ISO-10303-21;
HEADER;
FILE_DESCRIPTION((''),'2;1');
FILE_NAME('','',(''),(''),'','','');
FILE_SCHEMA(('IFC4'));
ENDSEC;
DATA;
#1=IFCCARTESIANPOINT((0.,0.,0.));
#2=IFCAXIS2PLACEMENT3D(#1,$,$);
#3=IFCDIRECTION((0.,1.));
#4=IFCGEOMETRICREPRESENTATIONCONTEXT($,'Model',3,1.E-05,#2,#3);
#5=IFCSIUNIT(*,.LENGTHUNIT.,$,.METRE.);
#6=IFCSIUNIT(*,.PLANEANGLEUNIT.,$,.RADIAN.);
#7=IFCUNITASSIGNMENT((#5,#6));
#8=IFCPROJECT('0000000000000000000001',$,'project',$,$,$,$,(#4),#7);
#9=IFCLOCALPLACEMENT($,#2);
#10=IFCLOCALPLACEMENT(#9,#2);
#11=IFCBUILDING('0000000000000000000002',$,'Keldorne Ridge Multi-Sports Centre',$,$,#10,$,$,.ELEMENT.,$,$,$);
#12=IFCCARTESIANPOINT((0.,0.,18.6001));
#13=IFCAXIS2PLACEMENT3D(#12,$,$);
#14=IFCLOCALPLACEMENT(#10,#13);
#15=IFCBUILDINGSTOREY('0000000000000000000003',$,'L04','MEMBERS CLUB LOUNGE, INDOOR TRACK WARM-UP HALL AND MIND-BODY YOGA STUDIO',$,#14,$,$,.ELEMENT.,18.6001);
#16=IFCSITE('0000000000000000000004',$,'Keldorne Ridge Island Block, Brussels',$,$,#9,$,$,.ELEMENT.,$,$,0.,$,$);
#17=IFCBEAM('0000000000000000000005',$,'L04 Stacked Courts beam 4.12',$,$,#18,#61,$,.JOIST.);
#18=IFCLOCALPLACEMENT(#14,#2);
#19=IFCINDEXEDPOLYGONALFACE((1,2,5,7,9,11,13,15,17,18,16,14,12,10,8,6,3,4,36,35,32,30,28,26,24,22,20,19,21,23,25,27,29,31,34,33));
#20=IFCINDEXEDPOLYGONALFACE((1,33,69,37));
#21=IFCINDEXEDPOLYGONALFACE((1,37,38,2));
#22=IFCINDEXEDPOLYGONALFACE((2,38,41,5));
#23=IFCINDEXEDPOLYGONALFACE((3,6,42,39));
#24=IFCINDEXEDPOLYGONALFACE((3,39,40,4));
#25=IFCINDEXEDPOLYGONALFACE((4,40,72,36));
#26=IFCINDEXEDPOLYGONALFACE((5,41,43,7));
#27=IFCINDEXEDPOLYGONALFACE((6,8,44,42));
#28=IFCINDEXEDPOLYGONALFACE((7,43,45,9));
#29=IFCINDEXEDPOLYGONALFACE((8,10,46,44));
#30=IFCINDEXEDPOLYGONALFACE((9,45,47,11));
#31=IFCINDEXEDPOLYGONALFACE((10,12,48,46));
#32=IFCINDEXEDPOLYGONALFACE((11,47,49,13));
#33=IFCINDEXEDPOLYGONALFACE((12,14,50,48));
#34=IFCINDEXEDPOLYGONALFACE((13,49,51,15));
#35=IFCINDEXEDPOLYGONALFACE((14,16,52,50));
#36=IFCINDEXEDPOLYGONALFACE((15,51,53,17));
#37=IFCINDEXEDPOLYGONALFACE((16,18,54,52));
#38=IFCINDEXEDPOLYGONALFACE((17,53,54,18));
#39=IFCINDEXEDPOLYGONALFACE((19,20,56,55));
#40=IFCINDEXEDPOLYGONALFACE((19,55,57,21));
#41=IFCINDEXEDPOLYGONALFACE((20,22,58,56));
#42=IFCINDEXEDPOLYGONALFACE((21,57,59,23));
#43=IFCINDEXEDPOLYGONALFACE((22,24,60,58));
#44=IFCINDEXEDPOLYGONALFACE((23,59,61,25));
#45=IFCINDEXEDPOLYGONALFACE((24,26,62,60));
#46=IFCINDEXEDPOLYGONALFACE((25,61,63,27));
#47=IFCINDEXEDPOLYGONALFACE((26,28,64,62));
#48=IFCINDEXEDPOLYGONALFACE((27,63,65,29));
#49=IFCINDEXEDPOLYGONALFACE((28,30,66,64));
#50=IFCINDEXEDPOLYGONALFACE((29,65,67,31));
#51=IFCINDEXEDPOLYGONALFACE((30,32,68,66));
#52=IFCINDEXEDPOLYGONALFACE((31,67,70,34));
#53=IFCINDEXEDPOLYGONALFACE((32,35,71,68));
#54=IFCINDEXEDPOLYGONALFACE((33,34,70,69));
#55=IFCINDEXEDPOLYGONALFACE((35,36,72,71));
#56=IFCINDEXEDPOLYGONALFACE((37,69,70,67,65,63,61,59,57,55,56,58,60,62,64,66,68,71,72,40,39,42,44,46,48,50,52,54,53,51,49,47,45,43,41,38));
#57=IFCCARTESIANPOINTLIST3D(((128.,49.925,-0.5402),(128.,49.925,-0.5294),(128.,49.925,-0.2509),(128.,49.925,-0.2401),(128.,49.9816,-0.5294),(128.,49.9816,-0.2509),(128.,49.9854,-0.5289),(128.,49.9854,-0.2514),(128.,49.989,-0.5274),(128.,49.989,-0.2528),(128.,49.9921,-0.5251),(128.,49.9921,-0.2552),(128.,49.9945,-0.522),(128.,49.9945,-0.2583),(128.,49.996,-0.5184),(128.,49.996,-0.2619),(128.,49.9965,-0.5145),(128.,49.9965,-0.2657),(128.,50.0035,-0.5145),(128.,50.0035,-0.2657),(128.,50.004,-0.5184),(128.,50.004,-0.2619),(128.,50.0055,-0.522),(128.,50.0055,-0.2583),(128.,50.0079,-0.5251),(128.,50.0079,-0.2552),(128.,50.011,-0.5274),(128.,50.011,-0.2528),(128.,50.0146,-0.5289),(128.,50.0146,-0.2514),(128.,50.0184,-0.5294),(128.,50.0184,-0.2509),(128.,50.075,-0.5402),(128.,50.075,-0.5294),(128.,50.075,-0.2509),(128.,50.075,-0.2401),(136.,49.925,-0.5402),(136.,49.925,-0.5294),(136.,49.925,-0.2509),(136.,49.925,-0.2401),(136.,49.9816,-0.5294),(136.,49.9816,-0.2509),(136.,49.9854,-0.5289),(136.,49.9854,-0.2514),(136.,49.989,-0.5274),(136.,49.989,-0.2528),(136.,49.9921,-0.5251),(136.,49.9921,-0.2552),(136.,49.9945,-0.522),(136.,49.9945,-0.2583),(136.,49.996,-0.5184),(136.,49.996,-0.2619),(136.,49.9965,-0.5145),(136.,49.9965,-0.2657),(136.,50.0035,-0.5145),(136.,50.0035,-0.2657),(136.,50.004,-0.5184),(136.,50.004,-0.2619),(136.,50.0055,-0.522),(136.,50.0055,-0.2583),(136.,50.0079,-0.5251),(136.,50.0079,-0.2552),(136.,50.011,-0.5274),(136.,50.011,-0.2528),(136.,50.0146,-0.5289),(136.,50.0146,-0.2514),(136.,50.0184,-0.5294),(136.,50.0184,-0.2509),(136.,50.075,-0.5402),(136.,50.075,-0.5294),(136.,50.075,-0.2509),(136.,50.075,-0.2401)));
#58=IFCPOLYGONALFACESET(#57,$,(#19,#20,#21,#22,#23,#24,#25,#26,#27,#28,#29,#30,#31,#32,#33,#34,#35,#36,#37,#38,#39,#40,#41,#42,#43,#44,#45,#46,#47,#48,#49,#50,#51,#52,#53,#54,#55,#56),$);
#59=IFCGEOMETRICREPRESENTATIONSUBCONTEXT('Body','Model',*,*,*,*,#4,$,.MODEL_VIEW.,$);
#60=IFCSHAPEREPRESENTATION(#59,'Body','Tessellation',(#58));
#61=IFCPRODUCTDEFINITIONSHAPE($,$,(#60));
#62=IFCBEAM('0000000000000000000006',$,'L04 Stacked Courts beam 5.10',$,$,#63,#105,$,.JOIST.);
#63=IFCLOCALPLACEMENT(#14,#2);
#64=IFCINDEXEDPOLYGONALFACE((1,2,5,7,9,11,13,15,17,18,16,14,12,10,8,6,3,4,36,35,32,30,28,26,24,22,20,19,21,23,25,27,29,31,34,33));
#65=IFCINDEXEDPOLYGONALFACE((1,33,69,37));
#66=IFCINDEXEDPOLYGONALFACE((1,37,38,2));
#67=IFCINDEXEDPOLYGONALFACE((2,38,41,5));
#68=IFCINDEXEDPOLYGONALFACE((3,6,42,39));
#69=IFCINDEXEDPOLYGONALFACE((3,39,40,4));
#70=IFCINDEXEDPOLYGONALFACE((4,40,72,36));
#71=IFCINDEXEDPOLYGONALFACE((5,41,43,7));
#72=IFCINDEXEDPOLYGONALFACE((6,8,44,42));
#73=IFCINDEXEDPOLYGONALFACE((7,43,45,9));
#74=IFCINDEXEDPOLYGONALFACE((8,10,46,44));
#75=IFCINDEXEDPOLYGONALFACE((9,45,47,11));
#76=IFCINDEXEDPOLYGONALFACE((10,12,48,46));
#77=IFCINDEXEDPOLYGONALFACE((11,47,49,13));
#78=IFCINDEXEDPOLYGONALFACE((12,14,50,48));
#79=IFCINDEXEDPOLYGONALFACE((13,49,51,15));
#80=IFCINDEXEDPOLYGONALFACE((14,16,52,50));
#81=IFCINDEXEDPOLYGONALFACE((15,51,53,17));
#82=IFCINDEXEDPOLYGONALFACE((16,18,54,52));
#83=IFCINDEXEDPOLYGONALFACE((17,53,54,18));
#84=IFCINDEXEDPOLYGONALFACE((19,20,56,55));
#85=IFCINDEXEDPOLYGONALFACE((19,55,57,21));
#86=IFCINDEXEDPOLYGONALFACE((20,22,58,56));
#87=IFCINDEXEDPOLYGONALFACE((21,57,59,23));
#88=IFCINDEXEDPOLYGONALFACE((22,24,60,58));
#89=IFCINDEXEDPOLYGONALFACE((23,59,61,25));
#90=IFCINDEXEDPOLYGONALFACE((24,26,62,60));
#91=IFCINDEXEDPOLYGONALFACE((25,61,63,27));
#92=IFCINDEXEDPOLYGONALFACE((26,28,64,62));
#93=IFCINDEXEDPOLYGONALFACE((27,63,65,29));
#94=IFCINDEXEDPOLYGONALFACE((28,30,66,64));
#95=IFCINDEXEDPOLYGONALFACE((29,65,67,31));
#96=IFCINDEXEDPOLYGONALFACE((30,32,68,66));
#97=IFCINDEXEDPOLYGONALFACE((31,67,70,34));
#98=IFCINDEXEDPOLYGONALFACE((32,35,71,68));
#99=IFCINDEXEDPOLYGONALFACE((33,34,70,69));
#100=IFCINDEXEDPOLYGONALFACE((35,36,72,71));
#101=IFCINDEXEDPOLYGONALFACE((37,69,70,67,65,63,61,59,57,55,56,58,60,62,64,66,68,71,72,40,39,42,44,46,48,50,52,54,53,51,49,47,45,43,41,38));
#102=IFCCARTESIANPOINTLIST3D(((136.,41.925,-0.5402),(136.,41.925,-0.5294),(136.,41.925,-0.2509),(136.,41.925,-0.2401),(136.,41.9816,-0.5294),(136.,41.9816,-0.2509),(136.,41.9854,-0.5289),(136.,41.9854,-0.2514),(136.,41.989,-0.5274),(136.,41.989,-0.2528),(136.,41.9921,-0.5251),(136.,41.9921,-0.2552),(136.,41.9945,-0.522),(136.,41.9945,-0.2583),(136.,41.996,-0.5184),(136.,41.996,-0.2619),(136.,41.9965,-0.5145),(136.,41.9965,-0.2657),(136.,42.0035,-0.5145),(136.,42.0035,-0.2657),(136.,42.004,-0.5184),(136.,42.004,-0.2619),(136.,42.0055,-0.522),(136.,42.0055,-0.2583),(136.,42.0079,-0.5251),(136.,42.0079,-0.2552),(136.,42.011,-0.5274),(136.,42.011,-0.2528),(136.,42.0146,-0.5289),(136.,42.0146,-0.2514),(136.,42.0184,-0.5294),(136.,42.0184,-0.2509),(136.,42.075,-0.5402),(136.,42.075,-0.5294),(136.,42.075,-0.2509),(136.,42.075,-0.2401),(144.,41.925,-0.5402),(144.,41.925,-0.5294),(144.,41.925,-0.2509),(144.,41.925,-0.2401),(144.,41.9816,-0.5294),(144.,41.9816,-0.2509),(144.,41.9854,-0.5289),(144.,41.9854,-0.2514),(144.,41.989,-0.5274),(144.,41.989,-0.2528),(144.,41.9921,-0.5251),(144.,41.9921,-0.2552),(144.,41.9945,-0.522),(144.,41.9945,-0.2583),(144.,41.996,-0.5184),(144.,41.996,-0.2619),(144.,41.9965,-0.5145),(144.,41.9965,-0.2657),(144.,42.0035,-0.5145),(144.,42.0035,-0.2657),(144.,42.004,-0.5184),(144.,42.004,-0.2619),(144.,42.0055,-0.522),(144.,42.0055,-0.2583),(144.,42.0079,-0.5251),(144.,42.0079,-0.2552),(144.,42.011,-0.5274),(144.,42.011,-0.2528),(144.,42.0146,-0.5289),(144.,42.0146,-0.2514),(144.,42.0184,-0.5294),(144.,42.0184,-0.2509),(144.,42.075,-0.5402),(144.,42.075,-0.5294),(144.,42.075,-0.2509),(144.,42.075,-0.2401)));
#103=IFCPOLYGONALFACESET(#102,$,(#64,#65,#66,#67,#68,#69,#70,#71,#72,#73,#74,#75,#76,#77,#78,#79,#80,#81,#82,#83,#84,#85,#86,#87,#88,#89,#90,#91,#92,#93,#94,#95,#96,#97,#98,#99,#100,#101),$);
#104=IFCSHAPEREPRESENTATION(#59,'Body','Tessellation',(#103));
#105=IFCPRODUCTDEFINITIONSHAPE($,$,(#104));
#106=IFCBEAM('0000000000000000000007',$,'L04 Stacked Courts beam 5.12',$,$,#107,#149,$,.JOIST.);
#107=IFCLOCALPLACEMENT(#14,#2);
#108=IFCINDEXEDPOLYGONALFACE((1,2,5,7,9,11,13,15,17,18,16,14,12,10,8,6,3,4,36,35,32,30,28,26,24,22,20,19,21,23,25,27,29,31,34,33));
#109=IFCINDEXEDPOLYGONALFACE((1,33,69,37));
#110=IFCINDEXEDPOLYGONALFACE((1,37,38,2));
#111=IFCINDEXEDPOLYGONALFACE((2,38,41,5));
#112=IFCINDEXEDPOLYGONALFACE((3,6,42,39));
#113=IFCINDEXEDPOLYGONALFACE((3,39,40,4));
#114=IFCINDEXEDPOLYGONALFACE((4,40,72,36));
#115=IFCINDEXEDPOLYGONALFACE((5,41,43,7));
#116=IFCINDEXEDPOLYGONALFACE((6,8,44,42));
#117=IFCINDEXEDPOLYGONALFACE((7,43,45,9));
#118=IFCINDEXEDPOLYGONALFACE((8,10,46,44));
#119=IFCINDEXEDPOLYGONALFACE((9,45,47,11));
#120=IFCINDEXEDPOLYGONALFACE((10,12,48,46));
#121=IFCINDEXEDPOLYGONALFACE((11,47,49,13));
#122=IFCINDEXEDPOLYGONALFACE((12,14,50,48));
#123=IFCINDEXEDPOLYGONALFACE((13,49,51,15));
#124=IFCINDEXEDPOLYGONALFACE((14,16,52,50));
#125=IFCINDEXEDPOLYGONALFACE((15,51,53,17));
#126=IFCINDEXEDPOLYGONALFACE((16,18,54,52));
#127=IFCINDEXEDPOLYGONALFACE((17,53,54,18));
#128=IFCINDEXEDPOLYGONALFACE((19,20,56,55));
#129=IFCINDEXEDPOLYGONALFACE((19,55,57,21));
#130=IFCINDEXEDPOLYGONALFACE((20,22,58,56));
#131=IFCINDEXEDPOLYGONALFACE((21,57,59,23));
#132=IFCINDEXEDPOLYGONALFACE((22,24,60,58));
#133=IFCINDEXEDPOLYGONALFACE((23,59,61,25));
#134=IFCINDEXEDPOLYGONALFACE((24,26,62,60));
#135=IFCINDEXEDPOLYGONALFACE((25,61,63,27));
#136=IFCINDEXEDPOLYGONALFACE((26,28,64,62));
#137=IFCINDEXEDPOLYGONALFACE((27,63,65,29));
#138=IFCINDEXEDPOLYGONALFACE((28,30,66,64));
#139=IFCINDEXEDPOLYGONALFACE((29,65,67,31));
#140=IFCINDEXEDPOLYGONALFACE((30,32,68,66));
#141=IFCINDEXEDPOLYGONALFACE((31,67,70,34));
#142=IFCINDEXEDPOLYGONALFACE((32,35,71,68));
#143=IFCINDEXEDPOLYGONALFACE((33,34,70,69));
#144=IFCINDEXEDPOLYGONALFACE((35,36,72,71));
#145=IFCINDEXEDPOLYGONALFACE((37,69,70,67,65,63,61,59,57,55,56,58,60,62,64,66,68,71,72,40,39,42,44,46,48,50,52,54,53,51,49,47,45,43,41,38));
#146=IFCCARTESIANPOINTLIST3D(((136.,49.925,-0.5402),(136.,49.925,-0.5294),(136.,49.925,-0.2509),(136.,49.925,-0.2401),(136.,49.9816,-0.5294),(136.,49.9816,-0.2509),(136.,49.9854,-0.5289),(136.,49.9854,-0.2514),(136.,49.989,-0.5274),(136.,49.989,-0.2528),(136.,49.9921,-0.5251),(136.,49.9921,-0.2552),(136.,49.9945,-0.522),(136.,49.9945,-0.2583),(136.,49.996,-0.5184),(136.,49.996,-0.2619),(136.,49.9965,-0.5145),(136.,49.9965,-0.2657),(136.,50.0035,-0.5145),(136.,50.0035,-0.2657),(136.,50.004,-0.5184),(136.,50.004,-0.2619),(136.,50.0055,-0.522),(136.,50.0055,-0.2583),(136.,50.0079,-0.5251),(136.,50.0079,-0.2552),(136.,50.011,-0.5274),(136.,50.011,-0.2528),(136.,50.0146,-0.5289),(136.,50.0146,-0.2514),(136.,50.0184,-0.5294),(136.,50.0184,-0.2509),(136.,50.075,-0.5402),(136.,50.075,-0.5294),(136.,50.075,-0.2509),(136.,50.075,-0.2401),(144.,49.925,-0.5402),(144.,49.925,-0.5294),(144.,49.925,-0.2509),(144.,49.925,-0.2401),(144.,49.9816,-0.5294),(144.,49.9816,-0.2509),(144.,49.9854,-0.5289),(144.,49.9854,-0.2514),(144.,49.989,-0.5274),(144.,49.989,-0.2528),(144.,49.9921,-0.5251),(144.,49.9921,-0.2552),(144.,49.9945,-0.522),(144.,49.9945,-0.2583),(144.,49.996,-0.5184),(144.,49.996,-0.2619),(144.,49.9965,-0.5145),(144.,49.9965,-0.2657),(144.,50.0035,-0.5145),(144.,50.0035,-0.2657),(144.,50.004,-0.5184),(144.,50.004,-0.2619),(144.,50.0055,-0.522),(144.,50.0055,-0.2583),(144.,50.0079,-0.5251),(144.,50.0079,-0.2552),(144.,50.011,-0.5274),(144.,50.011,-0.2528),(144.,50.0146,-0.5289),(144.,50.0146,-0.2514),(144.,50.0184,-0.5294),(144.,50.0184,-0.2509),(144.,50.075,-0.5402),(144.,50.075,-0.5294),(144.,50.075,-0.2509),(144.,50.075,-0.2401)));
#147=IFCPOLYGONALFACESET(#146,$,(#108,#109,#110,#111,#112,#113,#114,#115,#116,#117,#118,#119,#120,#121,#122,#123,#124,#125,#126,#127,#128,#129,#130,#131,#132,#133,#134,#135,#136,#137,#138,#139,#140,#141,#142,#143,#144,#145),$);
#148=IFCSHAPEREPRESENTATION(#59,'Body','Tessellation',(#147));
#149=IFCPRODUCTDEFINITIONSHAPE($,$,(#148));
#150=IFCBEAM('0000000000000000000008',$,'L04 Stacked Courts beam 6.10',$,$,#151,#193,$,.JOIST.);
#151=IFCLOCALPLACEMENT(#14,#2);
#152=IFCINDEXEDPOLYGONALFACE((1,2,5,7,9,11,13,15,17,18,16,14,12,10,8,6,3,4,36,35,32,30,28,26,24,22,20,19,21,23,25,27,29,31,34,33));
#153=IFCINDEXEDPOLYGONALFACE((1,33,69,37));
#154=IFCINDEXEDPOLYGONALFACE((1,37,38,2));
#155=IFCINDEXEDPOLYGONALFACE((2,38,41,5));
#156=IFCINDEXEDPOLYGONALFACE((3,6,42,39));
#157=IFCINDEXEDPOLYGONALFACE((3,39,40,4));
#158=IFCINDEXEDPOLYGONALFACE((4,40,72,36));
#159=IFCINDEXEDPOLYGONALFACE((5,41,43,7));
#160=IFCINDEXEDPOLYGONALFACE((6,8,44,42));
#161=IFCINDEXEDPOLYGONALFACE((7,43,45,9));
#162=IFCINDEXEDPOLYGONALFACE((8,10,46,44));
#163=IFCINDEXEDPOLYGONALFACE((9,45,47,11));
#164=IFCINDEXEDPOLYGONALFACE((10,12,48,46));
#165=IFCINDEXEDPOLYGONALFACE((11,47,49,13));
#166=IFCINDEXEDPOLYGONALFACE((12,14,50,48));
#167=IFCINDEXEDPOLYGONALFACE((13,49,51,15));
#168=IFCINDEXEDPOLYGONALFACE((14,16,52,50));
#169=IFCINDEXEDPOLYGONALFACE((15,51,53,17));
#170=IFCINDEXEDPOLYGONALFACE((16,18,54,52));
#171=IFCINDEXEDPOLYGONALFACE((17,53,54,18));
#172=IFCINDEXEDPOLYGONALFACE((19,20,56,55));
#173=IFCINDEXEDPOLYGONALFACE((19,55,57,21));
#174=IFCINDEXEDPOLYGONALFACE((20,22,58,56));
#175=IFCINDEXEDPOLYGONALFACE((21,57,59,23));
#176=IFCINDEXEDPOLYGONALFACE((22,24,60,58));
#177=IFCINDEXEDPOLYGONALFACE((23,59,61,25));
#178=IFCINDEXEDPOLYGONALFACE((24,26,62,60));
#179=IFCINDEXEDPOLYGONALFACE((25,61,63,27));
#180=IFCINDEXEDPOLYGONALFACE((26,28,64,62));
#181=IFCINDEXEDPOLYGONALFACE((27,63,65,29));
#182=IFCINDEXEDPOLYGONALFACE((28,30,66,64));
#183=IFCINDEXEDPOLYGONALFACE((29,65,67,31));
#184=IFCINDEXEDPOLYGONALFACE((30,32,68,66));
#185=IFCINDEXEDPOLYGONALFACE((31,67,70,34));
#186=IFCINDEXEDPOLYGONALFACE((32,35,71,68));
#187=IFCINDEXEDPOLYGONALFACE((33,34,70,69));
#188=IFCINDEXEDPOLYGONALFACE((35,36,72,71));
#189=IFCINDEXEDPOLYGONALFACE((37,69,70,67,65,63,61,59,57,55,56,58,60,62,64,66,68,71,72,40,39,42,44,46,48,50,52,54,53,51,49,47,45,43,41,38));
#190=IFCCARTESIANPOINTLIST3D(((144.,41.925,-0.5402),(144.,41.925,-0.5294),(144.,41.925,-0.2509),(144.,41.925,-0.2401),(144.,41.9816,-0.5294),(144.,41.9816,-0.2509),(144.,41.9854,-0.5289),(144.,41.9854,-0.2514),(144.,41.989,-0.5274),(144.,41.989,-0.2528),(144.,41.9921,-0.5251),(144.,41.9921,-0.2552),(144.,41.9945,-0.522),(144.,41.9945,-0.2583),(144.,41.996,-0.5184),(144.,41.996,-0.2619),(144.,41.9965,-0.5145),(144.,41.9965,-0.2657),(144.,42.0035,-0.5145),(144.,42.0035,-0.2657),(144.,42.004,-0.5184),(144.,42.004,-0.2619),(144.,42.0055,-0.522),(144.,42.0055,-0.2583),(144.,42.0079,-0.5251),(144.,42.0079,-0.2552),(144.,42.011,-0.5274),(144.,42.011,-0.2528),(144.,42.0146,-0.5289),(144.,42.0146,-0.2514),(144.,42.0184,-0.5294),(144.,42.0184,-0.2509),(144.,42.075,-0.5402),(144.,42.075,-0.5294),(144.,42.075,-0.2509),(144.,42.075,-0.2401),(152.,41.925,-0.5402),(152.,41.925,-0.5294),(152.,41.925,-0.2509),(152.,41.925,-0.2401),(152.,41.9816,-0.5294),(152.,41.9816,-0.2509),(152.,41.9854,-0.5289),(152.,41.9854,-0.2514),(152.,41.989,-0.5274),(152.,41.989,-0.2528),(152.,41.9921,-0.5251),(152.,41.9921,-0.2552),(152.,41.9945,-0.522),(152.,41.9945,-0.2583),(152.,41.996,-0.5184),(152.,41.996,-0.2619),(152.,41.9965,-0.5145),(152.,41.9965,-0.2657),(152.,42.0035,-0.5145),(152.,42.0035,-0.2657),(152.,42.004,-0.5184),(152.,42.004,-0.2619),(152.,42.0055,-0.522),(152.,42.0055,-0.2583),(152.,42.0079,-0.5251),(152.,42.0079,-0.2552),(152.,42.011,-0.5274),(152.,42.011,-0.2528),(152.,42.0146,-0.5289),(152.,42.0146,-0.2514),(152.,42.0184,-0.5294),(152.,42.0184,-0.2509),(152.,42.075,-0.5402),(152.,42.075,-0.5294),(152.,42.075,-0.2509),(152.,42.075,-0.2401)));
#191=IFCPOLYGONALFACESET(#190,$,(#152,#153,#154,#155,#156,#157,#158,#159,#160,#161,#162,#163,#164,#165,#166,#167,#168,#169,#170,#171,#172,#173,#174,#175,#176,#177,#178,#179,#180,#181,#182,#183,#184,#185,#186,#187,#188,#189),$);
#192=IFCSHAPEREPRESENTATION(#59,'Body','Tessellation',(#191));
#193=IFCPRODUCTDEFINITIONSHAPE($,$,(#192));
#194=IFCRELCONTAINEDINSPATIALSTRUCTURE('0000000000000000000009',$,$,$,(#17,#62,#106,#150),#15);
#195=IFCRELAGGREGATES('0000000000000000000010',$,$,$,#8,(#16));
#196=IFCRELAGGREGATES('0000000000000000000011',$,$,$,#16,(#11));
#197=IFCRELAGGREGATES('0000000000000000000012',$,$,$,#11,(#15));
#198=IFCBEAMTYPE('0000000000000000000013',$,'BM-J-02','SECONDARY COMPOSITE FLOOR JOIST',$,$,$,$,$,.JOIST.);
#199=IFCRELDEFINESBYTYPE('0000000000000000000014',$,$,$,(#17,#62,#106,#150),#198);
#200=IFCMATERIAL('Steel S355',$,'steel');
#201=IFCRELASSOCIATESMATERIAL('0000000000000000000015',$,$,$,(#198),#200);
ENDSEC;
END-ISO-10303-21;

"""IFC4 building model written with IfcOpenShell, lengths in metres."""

from ifc_helpers import new_model, si_unit, direction, frame, origin, origin_2d, place, context, subcontext, project, spatial, i_section, extrude, material, material_profile, profile_set, type_object, element, save


model = new_model("IFC4")

# Units and contexts
model_context = context("Model", 3, precision=1e-05, world=origin(), true_north=direction((0.0, 1.0)))
body_context = subcontext(model_context, "Body", "Model", "MODEL_VIEW")
ifc_project = project(units=[si_unit("LENGTHUNIT", "METRE"), si_unit("PLANEANGLEUNIT", "RADIAN")], contexts=[model_context])

# Site, building, storey
site_placement = place(None, origin())
site = spatial("IfcSite", under=ifc_project, at=site_placement, Name="Keldorne Ridge Island Block, Brussels", CompositionType="ELEMENT", RefElevation=0.0)
building_placement = place(site_placement, origin())
building = spatial("IfcBuilding", under=site, at=building_placement, Name="Keldorne Ridge Multi-Sports Centre", CompositionType="ELEMENT")
storey_placement = place(building_placement, frame((0.0, 0.0, 18.6001)))
storey = spatial("IfcBuildingStorey", under=building, at=storey_placement, Name="L04", Description="MEMBERS CLUB LOUNGE, INDOOR TRACK WARM-UP HALL AND MIND-BODY YOGA STUDIO", CompositionType="ELEMENT", Elevation=18.6001)

# Shared definitions
ifc_material_1 = material(Name="Steel S355", Category="steel")

# Beams
ifc_material_profile_1 = material_profile(ifc_material_1, i_section(OverallWidth=0.1499, OverallDepth=0.3, WebThickness=0.0071, FlangeThickness=0.0107, FilletRadius=0.0149, at=origin_2d()), Name="IPE 300")
ifc_profile_set_1 = profile_set([ifc_material_profile_1], Name="Steel S355")
beam_type_1 = type_object("IfcBeamType", Name="BM-J-02", Description="SECONDARY COMPOSITE FLOOR JOIST", PredefinedType="JOIST", material=ifc_profile_set_1)
for number, where, z_axis, x_axis, name in (
    (1, (128.0, 50.0, -0.3901), (1.0, 0.0, 0.0), (0.0, 1.0, 0.0), "L04 Stacked Courts beam 4.12"),
    (2, (136.0, 42.0, -0.3901), (1.0, 0.0, 0.0), (0.0, 1.0, 0.0), "L04 Stacked Courts beam 5.10"),
    (3, (136.0, 50.0, -0.3901), (1.0, 0.0, 0.0), (0.0, 1.0, 0.0), "L04 Stacked Courts beam 5.12"),
    (4, (144.0, 42.0, -0.3901), (1.0, 0.0, 0.0), (0.0, 1.0, 0.0), "L04 Stacked Courts beam 6.10"),
):
    element("IfcBeam", number, at=place(storey_placement, frame(where, z_axis=z_axis, x_axis=x_axis)), inside=storey, type_object=beam_type_1, Name=name, PredefinedType="JOIST", context=body_context, shape_type="SweptSolid", body=[
        extrude(i_section(OverallWidth=0.1499, OverallDepth=0.3, WebThickness=0.0071, FlangeThickness=0.0107, FilletRadius=0.0149, at=origin_2d()), origin(), (0.0, 0.0, 1.0), 8.0),
    ])

save(model, "model.ifc")
